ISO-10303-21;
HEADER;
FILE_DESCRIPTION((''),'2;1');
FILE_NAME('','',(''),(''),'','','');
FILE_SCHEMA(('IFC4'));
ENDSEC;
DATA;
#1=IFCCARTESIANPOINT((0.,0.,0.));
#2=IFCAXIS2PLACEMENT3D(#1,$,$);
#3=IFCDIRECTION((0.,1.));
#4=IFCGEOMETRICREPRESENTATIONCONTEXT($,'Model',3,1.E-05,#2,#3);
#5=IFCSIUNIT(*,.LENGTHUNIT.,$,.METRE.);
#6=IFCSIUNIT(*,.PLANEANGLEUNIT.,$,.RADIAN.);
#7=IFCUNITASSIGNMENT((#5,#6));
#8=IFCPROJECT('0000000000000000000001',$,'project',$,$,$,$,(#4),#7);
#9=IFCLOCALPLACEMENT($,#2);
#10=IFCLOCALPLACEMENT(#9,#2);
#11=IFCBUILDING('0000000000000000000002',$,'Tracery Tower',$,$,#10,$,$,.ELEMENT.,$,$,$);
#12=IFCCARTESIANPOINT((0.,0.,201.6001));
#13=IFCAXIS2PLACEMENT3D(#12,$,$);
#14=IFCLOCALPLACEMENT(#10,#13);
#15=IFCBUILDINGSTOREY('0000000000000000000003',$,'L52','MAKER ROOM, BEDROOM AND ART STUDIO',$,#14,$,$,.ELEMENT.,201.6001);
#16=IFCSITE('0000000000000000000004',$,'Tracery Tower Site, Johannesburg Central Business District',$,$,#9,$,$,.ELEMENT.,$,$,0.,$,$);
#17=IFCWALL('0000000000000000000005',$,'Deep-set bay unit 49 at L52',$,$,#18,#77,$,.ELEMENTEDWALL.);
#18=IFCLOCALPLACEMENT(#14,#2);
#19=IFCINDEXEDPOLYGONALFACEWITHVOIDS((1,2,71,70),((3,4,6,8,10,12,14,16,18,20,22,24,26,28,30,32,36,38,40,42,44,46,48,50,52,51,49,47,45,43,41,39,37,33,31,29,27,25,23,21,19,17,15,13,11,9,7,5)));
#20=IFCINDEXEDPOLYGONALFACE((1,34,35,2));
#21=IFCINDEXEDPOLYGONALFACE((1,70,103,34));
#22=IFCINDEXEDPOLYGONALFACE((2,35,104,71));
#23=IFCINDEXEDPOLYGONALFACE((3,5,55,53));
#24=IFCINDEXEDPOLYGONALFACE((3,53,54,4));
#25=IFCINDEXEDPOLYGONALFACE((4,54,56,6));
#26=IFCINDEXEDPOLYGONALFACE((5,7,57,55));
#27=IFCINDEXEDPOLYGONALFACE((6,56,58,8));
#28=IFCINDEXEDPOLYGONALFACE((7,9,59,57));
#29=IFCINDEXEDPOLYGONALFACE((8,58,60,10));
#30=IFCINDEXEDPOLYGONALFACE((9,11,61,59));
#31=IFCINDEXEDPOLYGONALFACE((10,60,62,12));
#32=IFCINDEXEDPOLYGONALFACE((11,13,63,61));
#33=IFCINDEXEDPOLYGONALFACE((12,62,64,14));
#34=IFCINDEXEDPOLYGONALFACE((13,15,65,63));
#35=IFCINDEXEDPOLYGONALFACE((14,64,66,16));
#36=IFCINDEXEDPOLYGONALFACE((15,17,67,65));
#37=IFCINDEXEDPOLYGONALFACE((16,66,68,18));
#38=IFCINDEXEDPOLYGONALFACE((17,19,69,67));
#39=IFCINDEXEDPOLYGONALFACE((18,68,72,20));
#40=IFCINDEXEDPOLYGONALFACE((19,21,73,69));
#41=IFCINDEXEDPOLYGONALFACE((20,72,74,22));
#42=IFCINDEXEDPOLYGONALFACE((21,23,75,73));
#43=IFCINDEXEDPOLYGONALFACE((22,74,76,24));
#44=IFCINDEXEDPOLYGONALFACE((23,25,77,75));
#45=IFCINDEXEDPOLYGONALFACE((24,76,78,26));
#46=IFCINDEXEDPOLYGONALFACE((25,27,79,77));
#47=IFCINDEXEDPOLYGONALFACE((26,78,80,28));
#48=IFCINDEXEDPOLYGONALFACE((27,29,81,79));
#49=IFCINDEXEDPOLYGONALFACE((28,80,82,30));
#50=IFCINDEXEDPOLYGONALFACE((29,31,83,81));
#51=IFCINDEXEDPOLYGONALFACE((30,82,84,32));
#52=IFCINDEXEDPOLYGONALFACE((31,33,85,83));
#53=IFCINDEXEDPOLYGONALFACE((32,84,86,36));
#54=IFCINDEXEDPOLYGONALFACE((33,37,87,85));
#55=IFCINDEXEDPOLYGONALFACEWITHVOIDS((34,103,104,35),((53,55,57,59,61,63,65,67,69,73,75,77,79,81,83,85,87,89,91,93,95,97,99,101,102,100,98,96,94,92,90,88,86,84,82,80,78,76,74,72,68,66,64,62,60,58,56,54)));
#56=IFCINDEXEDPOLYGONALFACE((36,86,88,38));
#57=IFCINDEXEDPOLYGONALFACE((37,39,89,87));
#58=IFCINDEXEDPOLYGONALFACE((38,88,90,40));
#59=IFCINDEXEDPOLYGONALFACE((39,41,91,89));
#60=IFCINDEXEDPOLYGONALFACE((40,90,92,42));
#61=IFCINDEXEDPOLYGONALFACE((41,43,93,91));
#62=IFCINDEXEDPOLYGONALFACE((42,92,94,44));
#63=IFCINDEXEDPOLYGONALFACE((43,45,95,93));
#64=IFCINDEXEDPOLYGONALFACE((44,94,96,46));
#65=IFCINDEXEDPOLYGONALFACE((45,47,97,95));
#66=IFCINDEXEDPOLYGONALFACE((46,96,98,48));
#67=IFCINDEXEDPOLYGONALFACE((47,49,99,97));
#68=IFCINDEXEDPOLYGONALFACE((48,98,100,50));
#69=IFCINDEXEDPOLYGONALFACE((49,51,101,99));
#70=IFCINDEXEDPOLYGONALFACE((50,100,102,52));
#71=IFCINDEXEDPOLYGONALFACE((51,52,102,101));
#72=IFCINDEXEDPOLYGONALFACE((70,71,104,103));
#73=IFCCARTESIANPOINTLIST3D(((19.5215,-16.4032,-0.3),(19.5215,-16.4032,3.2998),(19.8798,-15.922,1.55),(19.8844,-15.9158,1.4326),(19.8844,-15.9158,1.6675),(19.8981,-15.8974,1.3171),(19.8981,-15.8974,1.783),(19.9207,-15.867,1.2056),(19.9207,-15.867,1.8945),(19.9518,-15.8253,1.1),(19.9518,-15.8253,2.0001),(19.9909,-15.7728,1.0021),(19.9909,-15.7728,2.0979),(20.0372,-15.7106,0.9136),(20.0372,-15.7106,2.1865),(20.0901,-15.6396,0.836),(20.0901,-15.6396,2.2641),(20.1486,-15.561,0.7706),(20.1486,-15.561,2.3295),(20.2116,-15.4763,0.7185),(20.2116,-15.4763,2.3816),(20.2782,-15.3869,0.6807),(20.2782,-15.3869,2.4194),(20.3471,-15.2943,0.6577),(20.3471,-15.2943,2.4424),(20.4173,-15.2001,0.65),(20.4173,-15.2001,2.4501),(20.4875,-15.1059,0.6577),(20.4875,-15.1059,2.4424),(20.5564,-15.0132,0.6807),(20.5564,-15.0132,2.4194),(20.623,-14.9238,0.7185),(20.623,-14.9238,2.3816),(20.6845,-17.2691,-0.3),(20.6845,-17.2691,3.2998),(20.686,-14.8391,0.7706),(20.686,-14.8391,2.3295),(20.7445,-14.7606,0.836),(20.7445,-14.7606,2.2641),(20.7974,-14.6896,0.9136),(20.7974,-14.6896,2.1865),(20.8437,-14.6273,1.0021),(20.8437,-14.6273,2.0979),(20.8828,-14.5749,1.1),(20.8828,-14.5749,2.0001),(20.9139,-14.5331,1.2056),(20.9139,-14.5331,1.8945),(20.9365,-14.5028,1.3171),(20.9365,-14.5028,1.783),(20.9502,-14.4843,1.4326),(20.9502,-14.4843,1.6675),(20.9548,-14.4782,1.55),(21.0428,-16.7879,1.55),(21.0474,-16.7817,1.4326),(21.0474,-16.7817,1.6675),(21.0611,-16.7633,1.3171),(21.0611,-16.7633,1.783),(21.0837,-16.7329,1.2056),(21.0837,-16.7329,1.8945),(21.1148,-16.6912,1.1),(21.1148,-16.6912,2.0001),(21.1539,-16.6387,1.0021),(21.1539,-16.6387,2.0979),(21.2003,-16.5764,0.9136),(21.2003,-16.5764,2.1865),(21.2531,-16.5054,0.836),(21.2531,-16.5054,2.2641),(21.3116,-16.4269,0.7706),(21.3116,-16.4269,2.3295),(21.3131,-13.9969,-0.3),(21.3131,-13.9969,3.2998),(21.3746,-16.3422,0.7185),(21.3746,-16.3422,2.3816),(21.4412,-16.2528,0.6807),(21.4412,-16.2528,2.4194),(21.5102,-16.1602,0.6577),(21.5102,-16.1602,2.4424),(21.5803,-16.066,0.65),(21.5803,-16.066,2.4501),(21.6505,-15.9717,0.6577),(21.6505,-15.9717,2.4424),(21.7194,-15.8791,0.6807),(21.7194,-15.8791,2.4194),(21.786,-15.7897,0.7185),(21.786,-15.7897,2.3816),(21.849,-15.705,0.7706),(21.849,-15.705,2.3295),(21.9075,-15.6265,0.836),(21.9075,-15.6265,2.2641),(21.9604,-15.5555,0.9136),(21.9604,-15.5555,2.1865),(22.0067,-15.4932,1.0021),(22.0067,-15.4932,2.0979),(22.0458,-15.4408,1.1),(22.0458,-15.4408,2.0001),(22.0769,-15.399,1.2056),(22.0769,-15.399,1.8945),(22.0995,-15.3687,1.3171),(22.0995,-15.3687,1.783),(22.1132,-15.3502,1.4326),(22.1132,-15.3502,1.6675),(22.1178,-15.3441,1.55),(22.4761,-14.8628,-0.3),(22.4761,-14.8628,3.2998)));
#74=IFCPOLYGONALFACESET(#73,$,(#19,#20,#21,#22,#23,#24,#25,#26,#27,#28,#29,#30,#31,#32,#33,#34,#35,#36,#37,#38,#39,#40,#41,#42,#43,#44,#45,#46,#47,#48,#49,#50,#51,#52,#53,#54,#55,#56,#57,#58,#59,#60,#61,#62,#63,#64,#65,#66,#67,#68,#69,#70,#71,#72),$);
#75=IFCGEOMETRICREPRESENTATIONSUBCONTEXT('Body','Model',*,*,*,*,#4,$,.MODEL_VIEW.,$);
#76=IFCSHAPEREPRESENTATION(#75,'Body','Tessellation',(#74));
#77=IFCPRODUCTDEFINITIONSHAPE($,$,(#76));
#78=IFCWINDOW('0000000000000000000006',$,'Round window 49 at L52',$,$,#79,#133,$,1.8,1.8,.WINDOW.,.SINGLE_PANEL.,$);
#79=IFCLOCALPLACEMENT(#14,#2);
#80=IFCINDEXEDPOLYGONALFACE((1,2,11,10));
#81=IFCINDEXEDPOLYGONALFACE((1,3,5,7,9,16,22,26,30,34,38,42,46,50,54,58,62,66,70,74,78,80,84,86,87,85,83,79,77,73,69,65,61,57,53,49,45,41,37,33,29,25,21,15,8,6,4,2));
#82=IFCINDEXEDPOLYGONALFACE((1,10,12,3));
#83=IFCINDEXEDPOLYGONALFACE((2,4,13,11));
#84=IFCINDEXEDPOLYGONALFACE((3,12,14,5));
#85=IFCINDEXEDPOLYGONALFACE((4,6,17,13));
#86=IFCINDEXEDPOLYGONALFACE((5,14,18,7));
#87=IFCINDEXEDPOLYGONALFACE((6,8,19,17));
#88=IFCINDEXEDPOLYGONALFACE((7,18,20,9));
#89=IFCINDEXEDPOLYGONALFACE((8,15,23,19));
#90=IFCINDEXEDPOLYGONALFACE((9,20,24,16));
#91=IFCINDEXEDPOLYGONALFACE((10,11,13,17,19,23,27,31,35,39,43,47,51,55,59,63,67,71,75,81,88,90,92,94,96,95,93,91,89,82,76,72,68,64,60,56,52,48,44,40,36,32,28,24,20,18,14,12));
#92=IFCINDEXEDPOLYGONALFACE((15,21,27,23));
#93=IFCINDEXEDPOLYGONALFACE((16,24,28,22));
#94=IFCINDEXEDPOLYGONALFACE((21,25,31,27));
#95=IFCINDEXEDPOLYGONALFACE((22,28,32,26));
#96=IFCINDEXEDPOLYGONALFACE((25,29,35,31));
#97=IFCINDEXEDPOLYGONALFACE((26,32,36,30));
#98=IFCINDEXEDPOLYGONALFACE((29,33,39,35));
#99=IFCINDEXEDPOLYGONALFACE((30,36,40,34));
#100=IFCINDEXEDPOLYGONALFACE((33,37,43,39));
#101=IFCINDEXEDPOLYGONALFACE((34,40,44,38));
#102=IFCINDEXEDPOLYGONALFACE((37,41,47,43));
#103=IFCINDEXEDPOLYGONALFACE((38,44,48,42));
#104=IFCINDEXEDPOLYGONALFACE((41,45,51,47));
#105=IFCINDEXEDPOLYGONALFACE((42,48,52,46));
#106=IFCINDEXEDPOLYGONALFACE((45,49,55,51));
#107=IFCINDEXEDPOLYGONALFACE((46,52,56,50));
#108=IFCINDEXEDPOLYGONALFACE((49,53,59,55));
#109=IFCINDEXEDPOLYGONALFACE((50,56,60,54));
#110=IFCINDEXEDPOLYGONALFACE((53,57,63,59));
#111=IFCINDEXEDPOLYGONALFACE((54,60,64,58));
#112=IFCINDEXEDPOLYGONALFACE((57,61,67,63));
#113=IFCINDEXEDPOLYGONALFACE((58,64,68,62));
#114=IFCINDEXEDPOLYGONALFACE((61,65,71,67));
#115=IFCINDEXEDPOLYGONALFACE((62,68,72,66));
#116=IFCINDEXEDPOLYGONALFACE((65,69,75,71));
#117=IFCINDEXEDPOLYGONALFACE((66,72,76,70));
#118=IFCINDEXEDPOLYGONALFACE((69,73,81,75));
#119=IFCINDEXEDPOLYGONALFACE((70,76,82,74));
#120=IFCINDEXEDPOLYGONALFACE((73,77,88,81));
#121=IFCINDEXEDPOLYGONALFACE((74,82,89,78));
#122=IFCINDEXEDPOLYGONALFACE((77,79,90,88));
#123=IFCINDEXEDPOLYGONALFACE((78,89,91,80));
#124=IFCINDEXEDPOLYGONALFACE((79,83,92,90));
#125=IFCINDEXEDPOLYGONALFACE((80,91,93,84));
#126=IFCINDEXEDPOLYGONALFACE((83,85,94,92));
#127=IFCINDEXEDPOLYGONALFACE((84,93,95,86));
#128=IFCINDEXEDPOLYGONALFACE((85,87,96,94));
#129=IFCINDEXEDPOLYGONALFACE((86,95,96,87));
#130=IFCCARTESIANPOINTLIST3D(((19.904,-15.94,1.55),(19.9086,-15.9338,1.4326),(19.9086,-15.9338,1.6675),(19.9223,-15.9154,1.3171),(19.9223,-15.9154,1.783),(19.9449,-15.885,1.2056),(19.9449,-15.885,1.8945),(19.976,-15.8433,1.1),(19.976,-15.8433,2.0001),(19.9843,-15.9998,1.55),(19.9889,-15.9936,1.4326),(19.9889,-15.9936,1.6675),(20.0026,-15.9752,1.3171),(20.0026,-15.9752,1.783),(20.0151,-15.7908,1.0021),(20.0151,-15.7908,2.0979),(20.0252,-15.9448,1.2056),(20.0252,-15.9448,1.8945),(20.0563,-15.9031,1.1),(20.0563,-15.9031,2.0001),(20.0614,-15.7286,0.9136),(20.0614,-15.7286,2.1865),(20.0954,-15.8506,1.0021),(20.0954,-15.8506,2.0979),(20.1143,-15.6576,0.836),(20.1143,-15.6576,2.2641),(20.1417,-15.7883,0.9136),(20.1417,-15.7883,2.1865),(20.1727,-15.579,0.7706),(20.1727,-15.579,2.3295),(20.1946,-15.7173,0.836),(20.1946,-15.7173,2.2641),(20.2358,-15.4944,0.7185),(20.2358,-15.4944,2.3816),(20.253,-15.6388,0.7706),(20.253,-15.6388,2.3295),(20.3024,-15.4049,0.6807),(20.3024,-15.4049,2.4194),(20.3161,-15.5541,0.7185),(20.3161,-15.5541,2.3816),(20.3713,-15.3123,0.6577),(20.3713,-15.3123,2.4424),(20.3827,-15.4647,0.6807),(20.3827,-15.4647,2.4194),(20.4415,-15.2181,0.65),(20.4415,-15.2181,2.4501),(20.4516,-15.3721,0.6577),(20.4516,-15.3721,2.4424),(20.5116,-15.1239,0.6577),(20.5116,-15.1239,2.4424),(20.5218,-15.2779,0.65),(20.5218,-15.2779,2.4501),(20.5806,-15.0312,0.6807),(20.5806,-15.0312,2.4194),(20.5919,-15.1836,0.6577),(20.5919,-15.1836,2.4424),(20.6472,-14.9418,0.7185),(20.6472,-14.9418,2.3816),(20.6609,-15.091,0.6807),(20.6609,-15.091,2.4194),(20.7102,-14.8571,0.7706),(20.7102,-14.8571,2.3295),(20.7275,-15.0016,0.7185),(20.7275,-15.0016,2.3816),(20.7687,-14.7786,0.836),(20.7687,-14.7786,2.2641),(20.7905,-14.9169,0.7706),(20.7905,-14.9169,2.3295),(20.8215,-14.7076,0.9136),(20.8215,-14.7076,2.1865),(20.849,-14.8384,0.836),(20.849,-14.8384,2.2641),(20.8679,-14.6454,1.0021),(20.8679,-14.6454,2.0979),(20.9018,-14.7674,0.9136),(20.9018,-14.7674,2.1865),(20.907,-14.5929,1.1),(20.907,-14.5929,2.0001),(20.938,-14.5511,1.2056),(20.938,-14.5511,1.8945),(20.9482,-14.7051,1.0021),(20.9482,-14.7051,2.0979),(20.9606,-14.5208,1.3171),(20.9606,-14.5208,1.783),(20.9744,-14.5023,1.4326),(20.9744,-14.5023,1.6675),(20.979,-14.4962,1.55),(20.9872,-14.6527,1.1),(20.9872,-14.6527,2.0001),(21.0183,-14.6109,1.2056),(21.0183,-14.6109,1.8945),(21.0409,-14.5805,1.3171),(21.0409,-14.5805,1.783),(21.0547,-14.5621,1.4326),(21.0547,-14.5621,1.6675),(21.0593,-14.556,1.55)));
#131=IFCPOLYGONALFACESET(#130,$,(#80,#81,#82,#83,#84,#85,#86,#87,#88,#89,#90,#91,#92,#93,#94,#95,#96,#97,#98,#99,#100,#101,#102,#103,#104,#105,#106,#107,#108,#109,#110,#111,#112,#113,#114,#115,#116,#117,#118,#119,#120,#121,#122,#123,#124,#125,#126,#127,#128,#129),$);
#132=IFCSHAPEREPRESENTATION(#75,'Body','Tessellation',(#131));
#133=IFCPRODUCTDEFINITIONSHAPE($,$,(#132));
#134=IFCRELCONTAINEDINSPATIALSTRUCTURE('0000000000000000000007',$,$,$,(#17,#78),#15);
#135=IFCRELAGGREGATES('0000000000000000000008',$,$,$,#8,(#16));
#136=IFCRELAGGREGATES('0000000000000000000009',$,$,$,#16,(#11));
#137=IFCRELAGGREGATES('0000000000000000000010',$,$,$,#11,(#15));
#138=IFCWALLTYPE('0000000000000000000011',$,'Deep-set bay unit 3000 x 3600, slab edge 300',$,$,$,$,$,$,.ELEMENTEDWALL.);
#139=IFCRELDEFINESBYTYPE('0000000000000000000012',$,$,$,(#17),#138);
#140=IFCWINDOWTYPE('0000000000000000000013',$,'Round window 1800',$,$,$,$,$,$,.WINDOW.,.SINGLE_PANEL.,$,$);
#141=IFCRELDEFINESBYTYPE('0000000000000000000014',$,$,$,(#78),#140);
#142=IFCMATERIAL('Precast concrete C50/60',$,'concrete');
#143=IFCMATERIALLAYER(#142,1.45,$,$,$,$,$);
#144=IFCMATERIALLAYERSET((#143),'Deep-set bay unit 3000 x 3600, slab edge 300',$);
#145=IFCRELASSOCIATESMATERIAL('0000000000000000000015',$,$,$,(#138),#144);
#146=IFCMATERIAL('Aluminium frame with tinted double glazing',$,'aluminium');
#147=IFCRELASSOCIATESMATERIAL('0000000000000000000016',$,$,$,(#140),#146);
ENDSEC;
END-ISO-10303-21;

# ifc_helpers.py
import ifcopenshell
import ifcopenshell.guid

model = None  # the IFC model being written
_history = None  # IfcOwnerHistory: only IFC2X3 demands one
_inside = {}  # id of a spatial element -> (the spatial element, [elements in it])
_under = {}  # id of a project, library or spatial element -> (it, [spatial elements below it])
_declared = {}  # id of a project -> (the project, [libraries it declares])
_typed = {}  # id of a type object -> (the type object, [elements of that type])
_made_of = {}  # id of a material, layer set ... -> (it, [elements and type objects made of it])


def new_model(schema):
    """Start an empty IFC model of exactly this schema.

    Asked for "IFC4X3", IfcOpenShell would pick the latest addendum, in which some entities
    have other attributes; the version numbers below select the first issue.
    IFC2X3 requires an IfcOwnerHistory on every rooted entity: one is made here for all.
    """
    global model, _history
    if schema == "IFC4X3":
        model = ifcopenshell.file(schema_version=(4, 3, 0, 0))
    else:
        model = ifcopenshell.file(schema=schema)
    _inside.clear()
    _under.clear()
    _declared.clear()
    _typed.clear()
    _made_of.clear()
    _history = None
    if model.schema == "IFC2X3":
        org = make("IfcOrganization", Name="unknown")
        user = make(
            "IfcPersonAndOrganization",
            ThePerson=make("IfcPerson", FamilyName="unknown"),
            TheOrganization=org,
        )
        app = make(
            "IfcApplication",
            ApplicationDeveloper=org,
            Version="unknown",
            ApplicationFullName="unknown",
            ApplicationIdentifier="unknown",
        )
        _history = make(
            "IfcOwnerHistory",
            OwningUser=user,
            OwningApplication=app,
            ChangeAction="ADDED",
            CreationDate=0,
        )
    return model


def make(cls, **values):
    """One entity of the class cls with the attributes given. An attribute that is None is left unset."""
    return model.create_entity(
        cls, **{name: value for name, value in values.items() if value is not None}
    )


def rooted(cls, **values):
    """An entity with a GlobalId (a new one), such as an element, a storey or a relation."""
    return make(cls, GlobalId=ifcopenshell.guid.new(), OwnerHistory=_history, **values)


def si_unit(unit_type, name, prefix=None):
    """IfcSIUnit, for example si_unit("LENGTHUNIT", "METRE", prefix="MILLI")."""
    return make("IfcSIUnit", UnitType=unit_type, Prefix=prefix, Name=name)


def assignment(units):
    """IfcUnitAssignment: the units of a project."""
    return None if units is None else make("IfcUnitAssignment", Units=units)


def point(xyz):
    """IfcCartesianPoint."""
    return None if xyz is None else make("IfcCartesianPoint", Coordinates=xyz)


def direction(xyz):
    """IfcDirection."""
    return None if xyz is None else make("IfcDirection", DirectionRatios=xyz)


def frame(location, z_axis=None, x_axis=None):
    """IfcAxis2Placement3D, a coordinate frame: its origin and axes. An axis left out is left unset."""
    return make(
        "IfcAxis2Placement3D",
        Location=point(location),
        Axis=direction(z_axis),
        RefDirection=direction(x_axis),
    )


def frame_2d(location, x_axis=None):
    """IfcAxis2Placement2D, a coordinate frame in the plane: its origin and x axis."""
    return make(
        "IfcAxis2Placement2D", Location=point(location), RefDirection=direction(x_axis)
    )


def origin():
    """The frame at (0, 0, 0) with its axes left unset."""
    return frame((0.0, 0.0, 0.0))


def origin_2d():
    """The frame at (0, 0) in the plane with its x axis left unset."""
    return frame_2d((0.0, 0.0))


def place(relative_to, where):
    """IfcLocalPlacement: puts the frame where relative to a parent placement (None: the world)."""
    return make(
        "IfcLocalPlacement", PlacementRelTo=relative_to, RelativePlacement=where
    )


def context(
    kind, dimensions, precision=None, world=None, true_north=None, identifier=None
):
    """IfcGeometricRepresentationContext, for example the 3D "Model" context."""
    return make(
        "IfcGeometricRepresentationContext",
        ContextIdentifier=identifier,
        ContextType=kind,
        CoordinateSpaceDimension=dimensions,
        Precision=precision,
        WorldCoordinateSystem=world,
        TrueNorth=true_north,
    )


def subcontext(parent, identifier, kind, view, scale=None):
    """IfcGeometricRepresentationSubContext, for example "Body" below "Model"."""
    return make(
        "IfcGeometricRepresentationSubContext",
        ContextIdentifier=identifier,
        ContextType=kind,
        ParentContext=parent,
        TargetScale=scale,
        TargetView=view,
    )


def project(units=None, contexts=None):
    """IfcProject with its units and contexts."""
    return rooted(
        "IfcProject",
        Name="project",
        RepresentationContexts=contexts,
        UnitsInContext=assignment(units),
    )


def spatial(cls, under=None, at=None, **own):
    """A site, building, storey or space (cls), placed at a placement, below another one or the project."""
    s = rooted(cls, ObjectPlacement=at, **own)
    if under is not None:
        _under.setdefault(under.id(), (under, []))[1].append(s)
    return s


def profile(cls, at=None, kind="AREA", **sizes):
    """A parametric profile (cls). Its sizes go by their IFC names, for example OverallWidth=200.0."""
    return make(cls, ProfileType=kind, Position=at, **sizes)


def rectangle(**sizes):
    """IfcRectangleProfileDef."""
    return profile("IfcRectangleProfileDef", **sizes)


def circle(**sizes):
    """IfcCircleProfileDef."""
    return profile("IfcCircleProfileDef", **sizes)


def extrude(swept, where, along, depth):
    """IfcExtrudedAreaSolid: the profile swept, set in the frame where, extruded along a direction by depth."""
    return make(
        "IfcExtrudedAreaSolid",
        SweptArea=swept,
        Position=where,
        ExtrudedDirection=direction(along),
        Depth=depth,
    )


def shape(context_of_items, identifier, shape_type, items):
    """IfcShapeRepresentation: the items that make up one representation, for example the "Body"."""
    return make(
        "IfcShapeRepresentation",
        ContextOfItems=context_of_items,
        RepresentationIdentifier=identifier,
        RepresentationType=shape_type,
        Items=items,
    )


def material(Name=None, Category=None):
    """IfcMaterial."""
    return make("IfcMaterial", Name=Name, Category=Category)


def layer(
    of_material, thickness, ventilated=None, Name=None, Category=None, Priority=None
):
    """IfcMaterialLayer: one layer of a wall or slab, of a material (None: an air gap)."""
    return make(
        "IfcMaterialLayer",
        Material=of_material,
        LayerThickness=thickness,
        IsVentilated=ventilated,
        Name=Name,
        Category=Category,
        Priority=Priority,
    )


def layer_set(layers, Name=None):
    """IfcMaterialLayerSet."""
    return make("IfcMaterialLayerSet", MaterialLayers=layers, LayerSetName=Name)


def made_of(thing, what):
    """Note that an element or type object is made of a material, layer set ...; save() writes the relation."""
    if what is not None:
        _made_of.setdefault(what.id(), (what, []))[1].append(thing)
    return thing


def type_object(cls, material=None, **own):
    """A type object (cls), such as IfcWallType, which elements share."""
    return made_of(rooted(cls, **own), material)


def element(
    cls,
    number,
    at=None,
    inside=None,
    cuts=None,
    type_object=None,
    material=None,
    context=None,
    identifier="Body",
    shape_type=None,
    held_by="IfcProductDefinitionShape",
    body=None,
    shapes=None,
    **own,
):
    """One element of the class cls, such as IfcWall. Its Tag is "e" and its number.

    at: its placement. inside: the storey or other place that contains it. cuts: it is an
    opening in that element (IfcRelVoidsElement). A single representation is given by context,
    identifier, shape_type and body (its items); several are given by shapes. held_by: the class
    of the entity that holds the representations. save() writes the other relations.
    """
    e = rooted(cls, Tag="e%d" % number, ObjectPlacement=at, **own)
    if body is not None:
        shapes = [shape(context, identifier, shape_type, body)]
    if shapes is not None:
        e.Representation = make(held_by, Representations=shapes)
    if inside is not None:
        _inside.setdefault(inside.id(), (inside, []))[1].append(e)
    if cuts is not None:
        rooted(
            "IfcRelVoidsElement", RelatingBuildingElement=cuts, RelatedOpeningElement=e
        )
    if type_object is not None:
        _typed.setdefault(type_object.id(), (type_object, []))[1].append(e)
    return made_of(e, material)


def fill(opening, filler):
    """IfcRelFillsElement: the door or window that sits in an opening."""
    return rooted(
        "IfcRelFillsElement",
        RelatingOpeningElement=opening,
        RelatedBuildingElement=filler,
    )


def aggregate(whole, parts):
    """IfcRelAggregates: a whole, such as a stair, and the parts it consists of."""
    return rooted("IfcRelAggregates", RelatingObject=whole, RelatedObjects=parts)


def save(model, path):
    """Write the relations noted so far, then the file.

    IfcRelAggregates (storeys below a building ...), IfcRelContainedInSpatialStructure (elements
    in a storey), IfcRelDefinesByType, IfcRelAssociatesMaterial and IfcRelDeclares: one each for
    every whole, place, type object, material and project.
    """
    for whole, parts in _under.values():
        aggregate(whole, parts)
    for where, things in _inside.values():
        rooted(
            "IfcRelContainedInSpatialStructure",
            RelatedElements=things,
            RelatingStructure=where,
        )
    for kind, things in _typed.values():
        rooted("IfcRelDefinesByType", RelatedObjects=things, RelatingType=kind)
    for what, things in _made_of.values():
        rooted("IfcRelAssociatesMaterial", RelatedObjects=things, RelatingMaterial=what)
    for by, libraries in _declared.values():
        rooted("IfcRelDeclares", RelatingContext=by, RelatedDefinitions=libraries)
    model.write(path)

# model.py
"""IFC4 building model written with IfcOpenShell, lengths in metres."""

from ifc_helpers import new_model, si_unit, direction, frame, frame_2d, origin, origin_2d, place, context, subcontext, project, spatial, rectangle, circle, extrude, material, layer, layer_set, type_object, element, fill, save


model = new_model("IFC4")

# Units and contexts
model_context = context("Model", 3, precision=1e-05, world=origin(), true_north=direction((0.0, 1.0)))
body_context = subcontext(model_context, "Body", "Model", "MODEL_VIEW")
ifc_project = project(units=[si_unit("LENGTHUNIT", "METRE"), si_unit("PLANEANGLEUNIT", "RADIAN")], contexts=[model_context])

# Site, building, storey
site_placement = place(None, origin())
site = spatial("IfcSite", under=ifc_project, at=site_placement, Name="Tracery Tower Site, Johannesburg Central Business District", CompositionType="ELEMENT", RefElevation=0.0)
building_placement = place(site_placement, origin())
building = spatial("IfcBuilding", under=site, at=building_placement, Name="Tracery Tower", CompositionType="ELEMENT")
storey_placement = place(building_placement, frame((0.0, 0.0, 201.6001)))
storey = spatial("IfcBuildingStorey", under=building, at=storey_placement, Name="L52", Description="MAKER ROOM, BEDROOM AND ART STUDIO", CompositionType="ELEMENT", Elevation=201.6001)

# Wall, opening, window
ifc_material_1 = material(Name="Precast concrete C50/60", Category="concrete")
ifc_layer_1 = layer(ifc_material_1, 1.45)
ifc_layer_set_1 = layer_set([ifc_layer_1], Name="Deep-set bay unit 3000 x 3600, slab edge 300")
wall_type_1 = type_object("IfcWallType", Name="Deep-set bay unit 3000 x 3600, slab edge 300", PredefinedType="ELEMENTEDWALL", material=ifc_layer_set_1)
ifc_material_2 = material(Name="Aluminium frame with tinted double glazing", Category="aluminium")
window_type = type_object("IfcWindowType", Name="Round window 1800", PartitioningType="SINGLE_PANEL", PredefinedType="WINDOW", material=ifc_material_2)
wall_1_placement = place(storey_placement, frame((20.103, -16.8362, -0.3), z_axis=(0.0, 0.0, 1.0), x_axis=(0.597184, 0.802104, 0.0)))
wall_1 = element("IfcWall", 1, at=wall_1_placement, inside=storey, type_object=wall_type_1, Name="Deep-set bay unit 49 at L52", PredefinedType="ELEMENTEDWALL", context=body_context, shape_type="SweptSolid", body=[
    extrude(rectangle(XDim=3.0, YDim=1.45, at=frame_2d((1.5, 0.0))), origin(), (0.0, 0.0, 1.0), 3.5999),
])
opening_1_placement = place(wall_1_placement, frame((1.5, 0.0, 1.8501)))
opening_1 = element("IfcOpeningElement", 2, at=opening_1_placement, cuts=wall_1, PredefinedType="OPENING", context=body_context, shape_type="SweptSolid", body=[
    extrude(circle(Radius=0.9, at=origin_2d()), frame((0.0, 0.7349, 0.0), z_axis=(0.0, -1.0, 0.0), x_axis=(1.0, 0.0, 0.0)), (0.0, 0.0, 1.0), 1.47),
])
window_1_placement = place(opening_1_placement, origin())
window_1 = element("IfcWindow", 3, at=window_1_placement, inside=storey, type_object=window_type, Name="Round window 49 at L52", OverallHeight=1.8, OverallWidth=1.8, PartitioningType="SINGLE_PANEL", PredefinedType="WINDOW", context=body_context, shape_type="SweptSolid", body=[
    extrude(circle(Radius=0.9, at=origin_2d()), frame((0.0, 0.6948, 0.0), z_axis=(0.0, -1.0, 0.0), x_axis=(1.0, 0.0, 0.0)), (0.0, 0.0, 1.0), 0.1001),
])
fill(opening_1, window_1)

save(model, "model.ifc")
